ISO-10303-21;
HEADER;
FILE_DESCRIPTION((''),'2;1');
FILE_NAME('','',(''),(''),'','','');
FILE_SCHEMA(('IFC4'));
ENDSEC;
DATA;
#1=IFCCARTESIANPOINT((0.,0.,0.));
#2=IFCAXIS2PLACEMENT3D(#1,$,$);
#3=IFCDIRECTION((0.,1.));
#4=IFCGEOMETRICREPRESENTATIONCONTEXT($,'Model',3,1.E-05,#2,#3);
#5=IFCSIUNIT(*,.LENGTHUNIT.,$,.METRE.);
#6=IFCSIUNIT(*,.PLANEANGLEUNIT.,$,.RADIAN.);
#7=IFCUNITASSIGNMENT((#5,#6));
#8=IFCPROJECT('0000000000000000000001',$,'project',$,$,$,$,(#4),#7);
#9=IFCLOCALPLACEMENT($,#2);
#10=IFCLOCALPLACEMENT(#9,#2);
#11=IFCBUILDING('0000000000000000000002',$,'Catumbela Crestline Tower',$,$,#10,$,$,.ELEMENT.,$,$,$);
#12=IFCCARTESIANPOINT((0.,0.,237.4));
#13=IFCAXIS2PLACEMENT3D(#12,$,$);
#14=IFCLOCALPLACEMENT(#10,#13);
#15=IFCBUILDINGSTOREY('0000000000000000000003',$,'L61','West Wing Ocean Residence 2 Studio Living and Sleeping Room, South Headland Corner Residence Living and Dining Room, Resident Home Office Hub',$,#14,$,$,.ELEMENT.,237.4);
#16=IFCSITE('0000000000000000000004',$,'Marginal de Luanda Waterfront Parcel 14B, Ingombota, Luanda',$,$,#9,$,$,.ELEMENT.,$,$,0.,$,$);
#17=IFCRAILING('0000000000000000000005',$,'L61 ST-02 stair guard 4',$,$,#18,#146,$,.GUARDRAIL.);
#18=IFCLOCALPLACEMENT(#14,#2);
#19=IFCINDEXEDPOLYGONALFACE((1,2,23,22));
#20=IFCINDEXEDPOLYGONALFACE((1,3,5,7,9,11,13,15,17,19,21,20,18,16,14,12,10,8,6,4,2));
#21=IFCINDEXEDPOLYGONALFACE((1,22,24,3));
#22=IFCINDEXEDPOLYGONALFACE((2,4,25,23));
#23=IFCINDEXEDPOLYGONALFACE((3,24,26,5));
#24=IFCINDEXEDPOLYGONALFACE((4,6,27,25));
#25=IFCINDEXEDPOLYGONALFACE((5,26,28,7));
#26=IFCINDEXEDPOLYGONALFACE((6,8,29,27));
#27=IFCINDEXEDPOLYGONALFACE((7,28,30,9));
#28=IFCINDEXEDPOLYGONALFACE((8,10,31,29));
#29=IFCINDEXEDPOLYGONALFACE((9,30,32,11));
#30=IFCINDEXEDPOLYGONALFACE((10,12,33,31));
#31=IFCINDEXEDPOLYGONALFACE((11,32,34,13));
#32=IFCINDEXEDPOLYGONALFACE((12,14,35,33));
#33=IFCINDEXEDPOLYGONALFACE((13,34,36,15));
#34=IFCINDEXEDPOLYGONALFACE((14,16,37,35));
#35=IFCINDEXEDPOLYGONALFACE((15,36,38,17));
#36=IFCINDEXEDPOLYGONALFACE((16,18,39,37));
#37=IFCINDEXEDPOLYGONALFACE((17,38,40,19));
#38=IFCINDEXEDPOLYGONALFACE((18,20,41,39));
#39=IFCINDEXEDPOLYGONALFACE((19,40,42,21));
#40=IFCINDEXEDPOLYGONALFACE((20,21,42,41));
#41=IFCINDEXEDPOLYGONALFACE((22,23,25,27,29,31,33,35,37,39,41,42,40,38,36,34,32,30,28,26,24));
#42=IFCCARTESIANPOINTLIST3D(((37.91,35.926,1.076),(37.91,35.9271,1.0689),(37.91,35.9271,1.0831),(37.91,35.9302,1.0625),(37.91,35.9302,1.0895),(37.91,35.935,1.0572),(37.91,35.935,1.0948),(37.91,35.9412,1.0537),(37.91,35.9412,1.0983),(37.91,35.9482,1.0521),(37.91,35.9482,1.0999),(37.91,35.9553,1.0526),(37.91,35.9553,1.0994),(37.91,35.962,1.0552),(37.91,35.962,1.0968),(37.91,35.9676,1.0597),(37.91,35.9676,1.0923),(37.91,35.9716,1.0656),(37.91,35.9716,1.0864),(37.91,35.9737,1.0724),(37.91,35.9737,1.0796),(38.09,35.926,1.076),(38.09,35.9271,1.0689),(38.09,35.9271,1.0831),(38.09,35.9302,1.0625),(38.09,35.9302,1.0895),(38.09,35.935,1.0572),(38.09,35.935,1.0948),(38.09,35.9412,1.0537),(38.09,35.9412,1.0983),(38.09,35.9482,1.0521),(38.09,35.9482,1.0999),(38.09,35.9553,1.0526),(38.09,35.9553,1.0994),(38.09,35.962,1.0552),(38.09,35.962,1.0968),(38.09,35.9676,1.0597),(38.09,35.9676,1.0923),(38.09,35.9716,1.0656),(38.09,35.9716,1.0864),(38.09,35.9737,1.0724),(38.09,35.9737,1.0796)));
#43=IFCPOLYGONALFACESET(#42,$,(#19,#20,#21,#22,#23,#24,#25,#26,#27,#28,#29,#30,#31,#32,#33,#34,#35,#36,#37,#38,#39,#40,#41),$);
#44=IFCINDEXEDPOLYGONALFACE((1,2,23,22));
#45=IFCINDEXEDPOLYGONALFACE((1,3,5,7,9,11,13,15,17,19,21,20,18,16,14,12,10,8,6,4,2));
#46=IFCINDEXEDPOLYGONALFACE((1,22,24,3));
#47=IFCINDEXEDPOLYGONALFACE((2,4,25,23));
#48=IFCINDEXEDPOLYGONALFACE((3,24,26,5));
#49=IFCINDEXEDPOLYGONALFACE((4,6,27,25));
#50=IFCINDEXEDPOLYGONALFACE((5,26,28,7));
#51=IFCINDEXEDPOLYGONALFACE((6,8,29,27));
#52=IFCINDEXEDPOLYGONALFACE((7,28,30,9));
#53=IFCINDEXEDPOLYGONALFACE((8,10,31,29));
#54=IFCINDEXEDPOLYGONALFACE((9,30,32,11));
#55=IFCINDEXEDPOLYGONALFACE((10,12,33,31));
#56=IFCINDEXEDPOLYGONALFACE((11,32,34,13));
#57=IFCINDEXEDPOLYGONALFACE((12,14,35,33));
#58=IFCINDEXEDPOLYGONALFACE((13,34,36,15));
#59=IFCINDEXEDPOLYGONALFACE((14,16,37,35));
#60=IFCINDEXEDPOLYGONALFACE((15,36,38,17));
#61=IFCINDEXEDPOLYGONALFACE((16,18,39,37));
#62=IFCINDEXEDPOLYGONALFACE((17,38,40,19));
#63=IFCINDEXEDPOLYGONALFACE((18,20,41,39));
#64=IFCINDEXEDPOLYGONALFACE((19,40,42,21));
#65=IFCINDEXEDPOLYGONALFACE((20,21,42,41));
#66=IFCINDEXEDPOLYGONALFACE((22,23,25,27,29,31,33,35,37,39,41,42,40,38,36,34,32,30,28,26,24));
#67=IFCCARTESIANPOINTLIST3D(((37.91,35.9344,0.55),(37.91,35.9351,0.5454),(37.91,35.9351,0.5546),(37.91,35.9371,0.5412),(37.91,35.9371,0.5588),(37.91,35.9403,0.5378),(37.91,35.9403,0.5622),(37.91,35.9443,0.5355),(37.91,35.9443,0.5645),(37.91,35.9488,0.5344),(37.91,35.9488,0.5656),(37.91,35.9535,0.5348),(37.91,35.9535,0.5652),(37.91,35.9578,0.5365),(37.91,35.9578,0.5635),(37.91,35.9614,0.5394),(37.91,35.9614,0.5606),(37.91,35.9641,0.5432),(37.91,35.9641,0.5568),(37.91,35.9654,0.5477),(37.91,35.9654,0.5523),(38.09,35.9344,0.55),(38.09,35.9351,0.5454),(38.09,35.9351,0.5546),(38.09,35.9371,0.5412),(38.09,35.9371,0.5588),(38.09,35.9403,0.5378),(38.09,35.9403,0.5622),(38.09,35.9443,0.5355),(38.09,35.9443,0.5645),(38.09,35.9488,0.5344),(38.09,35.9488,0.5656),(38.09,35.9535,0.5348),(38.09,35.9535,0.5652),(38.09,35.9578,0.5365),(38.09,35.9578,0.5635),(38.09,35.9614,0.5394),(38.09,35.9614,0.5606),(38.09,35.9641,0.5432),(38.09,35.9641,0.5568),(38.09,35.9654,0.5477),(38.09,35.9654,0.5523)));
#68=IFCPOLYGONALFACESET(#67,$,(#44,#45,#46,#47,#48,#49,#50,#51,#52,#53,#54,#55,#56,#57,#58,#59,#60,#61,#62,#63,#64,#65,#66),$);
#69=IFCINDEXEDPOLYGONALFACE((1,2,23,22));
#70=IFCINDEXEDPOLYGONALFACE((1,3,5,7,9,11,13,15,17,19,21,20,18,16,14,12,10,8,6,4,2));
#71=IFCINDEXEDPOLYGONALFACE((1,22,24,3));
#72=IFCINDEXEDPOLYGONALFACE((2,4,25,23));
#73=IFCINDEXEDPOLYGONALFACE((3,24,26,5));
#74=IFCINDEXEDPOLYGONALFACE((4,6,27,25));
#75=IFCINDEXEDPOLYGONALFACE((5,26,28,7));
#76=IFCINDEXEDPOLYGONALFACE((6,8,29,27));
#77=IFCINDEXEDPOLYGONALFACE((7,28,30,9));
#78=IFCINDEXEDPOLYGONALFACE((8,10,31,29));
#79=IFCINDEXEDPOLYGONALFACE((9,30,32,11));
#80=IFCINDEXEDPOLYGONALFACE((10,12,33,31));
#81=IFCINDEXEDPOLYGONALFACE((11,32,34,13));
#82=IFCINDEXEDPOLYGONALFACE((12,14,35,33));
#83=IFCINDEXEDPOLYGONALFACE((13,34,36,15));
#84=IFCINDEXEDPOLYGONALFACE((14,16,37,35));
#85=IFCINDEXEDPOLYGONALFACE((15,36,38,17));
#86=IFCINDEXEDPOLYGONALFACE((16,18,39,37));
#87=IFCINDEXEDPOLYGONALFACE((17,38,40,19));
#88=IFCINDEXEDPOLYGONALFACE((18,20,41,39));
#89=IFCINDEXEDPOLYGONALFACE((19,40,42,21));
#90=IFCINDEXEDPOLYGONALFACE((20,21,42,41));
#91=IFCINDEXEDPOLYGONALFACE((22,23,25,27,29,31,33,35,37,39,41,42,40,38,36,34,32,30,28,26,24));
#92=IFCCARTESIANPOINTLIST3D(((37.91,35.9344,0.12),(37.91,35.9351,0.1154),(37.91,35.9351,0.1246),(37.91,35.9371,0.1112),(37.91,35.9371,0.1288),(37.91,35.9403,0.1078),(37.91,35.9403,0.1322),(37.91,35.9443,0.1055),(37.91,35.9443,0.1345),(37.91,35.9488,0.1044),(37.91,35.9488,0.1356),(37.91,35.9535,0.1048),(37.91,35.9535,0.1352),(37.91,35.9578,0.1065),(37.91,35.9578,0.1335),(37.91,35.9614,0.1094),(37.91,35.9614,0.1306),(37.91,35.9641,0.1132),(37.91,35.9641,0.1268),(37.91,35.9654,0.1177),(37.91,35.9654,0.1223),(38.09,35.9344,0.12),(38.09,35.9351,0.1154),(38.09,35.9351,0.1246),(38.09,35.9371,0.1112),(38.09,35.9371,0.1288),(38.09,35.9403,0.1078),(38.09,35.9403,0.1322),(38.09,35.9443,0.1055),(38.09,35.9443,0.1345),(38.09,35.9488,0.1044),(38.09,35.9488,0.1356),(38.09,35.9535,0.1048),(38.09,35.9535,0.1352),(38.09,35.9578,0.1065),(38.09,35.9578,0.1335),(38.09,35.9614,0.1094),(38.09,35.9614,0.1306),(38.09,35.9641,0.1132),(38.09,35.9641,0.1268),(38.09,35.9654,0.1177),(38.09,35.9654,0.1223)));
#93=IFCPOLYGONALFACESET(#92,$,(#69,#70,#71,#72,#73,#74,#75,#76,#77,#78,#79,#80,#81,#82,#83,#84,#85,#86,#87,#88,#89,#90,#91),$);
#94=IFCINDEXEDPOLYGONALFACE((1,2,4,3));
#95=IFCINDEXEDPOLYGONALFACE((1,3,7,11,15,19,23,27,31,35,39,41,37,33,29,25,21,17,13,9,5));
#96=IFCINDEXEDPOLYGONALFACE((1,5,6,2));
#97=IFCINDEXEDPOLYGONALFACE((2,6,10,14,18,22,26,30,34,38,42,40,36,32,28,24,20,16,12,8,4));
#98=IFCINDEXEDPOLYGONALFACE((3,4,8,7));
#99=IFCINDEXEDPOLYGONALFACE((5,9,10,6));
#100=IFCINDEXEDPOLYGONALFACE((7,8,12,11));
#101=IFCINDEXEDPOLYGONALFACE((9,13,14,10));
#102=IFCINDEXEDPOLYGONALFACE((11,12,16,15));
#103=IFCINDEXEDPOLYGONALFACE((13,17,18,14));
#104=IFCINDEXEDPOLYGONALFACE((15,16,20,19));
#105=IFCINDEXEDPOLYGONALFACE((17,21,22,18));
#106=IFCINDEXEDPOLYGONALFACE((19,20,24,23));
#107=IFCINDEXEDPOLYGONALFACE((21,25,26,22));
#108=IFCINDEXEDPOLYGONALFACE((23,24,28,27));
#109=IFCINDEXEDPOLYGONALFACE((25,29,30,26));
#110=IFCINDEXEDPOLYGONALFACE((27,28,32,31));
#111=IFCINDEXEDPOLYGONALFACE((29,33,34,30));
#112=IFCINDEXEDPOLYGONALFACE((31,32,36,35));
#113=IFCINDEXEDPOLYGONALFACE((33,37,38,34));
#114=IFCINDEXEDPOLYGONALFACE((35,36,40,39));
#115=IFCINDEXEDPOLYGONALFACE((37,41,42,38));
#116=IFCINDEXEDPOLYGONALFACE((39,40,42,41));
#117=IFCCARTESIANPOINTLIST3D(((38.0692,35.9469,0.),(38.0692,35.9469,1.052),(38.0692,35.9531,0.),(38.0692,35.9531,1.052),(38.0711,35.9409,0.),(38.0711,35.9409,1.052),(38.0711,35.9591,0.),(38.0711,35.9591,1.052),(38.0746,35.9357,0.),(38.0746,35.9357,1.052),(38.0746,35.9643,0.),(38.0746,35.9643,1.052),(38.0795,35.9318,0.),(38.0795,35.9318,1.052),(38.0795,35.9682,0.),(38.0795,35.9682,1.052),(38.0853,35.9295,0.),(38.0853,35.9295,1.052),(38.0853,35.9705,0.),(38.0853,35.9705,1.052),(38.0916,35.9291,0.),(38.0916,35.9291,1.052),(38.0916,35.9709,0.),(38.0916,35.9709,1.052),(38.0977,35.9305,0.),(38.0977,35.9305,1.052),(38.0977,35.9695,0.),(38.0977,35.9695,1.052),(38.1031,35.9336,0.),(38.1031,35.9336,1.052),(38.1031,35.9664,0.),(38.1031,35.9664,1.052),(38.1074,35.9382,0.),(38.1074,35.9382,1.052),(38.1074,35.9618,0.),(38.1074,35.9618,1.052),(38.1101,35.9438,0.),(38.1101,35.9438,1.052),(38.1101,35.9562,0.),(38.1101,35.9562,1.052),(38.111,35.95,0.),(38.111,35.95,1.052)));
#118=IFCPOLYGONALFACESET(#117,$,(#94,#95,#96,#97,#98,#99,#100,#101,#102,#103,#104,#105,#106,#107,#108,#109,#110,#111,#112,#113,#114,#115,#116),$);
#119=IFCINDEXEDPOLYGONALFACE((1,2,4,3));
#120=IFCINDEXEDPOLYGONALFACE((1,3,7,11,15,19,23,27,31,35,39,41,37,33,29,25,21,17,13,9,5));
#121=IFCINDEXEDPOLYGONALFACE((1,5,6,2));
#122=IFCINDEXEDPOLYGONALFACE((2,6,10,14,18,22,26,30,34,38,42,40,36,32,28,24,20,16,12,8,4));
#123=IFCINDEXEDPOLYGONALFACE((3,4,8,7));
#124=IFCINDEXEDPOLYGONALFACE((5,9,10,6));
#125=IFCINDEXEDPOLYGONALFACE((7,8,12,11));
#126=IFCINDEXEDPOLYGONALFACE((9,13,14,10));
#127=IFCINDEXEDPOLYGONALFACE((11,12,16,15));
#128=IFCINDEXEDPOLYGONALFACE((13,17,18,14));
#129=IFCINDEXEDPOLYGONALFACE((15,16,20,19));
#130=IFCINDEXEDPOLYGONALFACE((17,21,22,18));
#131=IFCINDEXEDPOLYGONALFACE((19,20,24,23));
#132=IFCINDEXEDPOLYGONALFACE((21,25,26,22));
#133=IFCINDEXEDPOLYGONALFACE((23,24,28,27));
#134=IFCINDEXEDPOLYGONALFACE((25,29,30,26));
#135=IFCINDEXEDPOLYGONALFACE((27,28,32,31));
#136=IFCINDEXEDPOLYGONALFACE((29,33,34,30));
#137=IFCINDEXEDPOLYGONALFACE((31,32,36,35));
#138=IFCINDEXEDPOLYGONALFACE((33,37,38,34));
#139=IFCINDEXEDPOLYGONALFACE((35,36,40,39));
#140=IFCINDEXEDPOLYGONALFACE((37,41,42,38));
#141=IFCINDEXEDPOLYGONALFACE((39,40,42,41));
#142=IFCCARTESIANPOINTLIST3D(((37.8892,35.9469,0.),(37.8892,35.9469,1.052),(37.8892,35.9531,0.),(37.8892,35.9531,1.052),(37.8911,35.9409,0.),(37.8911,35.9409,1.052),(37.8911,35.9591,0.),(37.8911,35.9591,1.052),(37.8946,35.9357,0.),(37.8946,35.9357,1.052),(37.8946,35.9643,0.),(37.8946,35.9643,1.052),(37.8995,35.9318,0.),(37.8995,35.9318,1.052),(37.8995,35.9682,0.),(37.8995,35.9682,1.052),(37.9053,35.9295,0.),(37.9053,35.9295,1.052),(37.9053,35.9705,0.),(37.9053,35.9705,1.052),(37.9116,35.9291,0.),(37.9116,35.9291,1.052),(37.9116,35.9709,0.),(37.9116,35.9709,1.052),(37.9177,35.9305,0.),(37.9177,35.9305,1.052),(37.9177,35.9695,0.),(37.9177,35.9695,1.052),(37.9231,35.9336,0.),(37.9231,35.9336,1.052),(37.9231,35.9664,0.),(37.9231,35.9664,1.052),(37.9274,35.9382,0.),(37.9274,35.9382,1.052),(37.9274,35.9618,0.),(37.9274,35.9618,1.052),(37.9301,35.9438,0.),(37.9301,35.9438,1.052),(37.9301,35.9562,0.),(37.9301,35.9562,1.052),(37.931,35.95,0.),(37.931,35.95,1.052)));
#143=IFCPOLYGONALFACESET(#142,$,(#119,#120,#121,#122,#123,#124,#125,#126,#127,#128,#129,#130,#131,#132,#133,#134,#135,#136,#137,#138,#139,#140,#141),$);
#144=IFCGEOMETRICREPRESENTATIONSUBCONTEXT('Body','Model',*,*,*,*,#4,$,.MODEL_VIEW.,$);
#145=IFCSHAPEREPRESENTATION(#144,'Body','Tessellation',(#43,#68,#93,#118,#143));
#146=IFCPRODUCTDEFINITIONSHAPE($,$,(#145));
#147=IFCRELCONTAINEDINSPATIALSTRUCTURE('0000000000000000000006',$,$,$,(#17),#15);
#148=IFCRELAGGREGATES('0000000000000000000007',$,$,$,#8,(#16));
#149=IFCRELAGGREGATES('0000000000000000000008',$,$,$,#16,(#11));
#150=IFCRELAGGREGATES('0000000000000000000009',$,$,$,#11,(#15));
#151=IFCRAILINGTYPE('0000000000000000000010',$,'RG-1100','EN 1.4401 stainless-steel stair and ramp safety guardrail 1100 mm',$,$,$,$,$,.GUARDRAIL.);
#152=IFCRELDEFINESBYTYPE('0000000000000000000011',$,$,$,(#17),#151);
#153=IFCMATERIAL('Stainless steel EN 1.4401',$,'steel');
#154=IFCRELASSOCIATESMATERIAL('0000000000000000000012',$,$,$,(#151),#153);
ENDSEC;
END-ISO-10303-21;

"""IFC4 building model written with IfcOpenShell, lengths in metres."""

from ifc_helpers import new_model, si_unit, direction, frame, origin, origin_2d, place, context, subcontext, project, spatial, circle, extrude, material, type_object, element, save


model = new_model("IFC4")

# Units and contexts
model_context = context("Model", 3, precision=1e-05, world=origin(), true_north=direction((0.0, 1.0)))
body_context = subcontext(model_context, "Body", "Model", "MODEL_VIEW")
ifc_project = project(units=[si_unit("LENGTHUNIT", "METRE"), si_unit("PLANEANGLEUNIT", "RADIAN")], contexts=[model_context])

# Site, building, storey
site_placement = place(None, origin())
site = spatial("IfcSite", under=ifc_project, at=site_placement, Name="Marginal de Luanda Waterfront Parcel 14B, Ingombota, Luanda", CompositionType="ELEMENT", RefElevation=0.0)
building_placement = place(site_placement, origin())
building = spatial("IfcBuilding", under=site, at=building_placement, Name="Catumbela Crestline Tower", CompositionType="ELEMENT")
storey_placement = place(building_placement, frame((0.0, 0.0, 237.4)))
storey = spatial("IfcBuildingStorey", under=building, at=storey_placement, Name="L61", Description="West Wing Ocean Residence 2 Studio Living and Sleeping Room, South Headland Corner Residence Living and Dining Room, Resident Home Office Hub", CompositionType="ELEMENT", Elevation=237.4)

# Railing
ifc_material_1 = material(Name="Stainless steel EN 1.4401", Category="steel")
railing_type_1 = type_object("IfcRailingType", Name="RG-1100", Description="EN 1.4401 stainless-steel stair and ramp safety guardrail 1100 mm", PredefinedType="GUARDRAIL", material=ifc_material_1)
for number, where, name in (
    (1, (38.09, 35.95, 0.0), "L61 ST-02 stair guard 4"),
):
    element("IfcRailing", number, at=place(storey_placement, frame(where)), inside=storey, type_object=railing_type_1, Name=name, PredefinedType="GUARDRAIL", context=body_context, shape_type="SweptSolid", body=[
        extrude(circle(Radius=0.024, at=origin_2d()), frame((0.0, 0.0, 1.076), z_axis=(-1.0, 0.0, 0.0), x_axis=(0.0, -1.0, 0.0)), (0.0, 0.0, 1.0), 0.18),
        extrude(circle(Radius=0.0156, at=origin_2d()), frame((0.0, 0.0, 0.55), z_axis=(-1.0, 0.0, 0.0), x_axis=(0.0, -1.0, 0.0)), (0.0, 0.0, 1.0), 0.18),
        extrude(circle(Radius=0.0156, at=origin_2d()), frame((0.0, 0.0, 0.12), z_axis=(-1.0, 0.0, 0.0), x_axis=(0.0, -1.0, 0.0)), (0.0, 0.0, 1.0), 0.18),
        extrude(circle(Radius=0.021, at=origin_2d()), origin(), (0.0, 0.0, 1.0), 1.052),
        extrude(circle(Radius=0.021, at=origin_2d()), frame((-0.18, 0.0, 0.0)), (0.0, 0.0, 1.0), 1.052),
    ])

save(model, "model.ifc")
